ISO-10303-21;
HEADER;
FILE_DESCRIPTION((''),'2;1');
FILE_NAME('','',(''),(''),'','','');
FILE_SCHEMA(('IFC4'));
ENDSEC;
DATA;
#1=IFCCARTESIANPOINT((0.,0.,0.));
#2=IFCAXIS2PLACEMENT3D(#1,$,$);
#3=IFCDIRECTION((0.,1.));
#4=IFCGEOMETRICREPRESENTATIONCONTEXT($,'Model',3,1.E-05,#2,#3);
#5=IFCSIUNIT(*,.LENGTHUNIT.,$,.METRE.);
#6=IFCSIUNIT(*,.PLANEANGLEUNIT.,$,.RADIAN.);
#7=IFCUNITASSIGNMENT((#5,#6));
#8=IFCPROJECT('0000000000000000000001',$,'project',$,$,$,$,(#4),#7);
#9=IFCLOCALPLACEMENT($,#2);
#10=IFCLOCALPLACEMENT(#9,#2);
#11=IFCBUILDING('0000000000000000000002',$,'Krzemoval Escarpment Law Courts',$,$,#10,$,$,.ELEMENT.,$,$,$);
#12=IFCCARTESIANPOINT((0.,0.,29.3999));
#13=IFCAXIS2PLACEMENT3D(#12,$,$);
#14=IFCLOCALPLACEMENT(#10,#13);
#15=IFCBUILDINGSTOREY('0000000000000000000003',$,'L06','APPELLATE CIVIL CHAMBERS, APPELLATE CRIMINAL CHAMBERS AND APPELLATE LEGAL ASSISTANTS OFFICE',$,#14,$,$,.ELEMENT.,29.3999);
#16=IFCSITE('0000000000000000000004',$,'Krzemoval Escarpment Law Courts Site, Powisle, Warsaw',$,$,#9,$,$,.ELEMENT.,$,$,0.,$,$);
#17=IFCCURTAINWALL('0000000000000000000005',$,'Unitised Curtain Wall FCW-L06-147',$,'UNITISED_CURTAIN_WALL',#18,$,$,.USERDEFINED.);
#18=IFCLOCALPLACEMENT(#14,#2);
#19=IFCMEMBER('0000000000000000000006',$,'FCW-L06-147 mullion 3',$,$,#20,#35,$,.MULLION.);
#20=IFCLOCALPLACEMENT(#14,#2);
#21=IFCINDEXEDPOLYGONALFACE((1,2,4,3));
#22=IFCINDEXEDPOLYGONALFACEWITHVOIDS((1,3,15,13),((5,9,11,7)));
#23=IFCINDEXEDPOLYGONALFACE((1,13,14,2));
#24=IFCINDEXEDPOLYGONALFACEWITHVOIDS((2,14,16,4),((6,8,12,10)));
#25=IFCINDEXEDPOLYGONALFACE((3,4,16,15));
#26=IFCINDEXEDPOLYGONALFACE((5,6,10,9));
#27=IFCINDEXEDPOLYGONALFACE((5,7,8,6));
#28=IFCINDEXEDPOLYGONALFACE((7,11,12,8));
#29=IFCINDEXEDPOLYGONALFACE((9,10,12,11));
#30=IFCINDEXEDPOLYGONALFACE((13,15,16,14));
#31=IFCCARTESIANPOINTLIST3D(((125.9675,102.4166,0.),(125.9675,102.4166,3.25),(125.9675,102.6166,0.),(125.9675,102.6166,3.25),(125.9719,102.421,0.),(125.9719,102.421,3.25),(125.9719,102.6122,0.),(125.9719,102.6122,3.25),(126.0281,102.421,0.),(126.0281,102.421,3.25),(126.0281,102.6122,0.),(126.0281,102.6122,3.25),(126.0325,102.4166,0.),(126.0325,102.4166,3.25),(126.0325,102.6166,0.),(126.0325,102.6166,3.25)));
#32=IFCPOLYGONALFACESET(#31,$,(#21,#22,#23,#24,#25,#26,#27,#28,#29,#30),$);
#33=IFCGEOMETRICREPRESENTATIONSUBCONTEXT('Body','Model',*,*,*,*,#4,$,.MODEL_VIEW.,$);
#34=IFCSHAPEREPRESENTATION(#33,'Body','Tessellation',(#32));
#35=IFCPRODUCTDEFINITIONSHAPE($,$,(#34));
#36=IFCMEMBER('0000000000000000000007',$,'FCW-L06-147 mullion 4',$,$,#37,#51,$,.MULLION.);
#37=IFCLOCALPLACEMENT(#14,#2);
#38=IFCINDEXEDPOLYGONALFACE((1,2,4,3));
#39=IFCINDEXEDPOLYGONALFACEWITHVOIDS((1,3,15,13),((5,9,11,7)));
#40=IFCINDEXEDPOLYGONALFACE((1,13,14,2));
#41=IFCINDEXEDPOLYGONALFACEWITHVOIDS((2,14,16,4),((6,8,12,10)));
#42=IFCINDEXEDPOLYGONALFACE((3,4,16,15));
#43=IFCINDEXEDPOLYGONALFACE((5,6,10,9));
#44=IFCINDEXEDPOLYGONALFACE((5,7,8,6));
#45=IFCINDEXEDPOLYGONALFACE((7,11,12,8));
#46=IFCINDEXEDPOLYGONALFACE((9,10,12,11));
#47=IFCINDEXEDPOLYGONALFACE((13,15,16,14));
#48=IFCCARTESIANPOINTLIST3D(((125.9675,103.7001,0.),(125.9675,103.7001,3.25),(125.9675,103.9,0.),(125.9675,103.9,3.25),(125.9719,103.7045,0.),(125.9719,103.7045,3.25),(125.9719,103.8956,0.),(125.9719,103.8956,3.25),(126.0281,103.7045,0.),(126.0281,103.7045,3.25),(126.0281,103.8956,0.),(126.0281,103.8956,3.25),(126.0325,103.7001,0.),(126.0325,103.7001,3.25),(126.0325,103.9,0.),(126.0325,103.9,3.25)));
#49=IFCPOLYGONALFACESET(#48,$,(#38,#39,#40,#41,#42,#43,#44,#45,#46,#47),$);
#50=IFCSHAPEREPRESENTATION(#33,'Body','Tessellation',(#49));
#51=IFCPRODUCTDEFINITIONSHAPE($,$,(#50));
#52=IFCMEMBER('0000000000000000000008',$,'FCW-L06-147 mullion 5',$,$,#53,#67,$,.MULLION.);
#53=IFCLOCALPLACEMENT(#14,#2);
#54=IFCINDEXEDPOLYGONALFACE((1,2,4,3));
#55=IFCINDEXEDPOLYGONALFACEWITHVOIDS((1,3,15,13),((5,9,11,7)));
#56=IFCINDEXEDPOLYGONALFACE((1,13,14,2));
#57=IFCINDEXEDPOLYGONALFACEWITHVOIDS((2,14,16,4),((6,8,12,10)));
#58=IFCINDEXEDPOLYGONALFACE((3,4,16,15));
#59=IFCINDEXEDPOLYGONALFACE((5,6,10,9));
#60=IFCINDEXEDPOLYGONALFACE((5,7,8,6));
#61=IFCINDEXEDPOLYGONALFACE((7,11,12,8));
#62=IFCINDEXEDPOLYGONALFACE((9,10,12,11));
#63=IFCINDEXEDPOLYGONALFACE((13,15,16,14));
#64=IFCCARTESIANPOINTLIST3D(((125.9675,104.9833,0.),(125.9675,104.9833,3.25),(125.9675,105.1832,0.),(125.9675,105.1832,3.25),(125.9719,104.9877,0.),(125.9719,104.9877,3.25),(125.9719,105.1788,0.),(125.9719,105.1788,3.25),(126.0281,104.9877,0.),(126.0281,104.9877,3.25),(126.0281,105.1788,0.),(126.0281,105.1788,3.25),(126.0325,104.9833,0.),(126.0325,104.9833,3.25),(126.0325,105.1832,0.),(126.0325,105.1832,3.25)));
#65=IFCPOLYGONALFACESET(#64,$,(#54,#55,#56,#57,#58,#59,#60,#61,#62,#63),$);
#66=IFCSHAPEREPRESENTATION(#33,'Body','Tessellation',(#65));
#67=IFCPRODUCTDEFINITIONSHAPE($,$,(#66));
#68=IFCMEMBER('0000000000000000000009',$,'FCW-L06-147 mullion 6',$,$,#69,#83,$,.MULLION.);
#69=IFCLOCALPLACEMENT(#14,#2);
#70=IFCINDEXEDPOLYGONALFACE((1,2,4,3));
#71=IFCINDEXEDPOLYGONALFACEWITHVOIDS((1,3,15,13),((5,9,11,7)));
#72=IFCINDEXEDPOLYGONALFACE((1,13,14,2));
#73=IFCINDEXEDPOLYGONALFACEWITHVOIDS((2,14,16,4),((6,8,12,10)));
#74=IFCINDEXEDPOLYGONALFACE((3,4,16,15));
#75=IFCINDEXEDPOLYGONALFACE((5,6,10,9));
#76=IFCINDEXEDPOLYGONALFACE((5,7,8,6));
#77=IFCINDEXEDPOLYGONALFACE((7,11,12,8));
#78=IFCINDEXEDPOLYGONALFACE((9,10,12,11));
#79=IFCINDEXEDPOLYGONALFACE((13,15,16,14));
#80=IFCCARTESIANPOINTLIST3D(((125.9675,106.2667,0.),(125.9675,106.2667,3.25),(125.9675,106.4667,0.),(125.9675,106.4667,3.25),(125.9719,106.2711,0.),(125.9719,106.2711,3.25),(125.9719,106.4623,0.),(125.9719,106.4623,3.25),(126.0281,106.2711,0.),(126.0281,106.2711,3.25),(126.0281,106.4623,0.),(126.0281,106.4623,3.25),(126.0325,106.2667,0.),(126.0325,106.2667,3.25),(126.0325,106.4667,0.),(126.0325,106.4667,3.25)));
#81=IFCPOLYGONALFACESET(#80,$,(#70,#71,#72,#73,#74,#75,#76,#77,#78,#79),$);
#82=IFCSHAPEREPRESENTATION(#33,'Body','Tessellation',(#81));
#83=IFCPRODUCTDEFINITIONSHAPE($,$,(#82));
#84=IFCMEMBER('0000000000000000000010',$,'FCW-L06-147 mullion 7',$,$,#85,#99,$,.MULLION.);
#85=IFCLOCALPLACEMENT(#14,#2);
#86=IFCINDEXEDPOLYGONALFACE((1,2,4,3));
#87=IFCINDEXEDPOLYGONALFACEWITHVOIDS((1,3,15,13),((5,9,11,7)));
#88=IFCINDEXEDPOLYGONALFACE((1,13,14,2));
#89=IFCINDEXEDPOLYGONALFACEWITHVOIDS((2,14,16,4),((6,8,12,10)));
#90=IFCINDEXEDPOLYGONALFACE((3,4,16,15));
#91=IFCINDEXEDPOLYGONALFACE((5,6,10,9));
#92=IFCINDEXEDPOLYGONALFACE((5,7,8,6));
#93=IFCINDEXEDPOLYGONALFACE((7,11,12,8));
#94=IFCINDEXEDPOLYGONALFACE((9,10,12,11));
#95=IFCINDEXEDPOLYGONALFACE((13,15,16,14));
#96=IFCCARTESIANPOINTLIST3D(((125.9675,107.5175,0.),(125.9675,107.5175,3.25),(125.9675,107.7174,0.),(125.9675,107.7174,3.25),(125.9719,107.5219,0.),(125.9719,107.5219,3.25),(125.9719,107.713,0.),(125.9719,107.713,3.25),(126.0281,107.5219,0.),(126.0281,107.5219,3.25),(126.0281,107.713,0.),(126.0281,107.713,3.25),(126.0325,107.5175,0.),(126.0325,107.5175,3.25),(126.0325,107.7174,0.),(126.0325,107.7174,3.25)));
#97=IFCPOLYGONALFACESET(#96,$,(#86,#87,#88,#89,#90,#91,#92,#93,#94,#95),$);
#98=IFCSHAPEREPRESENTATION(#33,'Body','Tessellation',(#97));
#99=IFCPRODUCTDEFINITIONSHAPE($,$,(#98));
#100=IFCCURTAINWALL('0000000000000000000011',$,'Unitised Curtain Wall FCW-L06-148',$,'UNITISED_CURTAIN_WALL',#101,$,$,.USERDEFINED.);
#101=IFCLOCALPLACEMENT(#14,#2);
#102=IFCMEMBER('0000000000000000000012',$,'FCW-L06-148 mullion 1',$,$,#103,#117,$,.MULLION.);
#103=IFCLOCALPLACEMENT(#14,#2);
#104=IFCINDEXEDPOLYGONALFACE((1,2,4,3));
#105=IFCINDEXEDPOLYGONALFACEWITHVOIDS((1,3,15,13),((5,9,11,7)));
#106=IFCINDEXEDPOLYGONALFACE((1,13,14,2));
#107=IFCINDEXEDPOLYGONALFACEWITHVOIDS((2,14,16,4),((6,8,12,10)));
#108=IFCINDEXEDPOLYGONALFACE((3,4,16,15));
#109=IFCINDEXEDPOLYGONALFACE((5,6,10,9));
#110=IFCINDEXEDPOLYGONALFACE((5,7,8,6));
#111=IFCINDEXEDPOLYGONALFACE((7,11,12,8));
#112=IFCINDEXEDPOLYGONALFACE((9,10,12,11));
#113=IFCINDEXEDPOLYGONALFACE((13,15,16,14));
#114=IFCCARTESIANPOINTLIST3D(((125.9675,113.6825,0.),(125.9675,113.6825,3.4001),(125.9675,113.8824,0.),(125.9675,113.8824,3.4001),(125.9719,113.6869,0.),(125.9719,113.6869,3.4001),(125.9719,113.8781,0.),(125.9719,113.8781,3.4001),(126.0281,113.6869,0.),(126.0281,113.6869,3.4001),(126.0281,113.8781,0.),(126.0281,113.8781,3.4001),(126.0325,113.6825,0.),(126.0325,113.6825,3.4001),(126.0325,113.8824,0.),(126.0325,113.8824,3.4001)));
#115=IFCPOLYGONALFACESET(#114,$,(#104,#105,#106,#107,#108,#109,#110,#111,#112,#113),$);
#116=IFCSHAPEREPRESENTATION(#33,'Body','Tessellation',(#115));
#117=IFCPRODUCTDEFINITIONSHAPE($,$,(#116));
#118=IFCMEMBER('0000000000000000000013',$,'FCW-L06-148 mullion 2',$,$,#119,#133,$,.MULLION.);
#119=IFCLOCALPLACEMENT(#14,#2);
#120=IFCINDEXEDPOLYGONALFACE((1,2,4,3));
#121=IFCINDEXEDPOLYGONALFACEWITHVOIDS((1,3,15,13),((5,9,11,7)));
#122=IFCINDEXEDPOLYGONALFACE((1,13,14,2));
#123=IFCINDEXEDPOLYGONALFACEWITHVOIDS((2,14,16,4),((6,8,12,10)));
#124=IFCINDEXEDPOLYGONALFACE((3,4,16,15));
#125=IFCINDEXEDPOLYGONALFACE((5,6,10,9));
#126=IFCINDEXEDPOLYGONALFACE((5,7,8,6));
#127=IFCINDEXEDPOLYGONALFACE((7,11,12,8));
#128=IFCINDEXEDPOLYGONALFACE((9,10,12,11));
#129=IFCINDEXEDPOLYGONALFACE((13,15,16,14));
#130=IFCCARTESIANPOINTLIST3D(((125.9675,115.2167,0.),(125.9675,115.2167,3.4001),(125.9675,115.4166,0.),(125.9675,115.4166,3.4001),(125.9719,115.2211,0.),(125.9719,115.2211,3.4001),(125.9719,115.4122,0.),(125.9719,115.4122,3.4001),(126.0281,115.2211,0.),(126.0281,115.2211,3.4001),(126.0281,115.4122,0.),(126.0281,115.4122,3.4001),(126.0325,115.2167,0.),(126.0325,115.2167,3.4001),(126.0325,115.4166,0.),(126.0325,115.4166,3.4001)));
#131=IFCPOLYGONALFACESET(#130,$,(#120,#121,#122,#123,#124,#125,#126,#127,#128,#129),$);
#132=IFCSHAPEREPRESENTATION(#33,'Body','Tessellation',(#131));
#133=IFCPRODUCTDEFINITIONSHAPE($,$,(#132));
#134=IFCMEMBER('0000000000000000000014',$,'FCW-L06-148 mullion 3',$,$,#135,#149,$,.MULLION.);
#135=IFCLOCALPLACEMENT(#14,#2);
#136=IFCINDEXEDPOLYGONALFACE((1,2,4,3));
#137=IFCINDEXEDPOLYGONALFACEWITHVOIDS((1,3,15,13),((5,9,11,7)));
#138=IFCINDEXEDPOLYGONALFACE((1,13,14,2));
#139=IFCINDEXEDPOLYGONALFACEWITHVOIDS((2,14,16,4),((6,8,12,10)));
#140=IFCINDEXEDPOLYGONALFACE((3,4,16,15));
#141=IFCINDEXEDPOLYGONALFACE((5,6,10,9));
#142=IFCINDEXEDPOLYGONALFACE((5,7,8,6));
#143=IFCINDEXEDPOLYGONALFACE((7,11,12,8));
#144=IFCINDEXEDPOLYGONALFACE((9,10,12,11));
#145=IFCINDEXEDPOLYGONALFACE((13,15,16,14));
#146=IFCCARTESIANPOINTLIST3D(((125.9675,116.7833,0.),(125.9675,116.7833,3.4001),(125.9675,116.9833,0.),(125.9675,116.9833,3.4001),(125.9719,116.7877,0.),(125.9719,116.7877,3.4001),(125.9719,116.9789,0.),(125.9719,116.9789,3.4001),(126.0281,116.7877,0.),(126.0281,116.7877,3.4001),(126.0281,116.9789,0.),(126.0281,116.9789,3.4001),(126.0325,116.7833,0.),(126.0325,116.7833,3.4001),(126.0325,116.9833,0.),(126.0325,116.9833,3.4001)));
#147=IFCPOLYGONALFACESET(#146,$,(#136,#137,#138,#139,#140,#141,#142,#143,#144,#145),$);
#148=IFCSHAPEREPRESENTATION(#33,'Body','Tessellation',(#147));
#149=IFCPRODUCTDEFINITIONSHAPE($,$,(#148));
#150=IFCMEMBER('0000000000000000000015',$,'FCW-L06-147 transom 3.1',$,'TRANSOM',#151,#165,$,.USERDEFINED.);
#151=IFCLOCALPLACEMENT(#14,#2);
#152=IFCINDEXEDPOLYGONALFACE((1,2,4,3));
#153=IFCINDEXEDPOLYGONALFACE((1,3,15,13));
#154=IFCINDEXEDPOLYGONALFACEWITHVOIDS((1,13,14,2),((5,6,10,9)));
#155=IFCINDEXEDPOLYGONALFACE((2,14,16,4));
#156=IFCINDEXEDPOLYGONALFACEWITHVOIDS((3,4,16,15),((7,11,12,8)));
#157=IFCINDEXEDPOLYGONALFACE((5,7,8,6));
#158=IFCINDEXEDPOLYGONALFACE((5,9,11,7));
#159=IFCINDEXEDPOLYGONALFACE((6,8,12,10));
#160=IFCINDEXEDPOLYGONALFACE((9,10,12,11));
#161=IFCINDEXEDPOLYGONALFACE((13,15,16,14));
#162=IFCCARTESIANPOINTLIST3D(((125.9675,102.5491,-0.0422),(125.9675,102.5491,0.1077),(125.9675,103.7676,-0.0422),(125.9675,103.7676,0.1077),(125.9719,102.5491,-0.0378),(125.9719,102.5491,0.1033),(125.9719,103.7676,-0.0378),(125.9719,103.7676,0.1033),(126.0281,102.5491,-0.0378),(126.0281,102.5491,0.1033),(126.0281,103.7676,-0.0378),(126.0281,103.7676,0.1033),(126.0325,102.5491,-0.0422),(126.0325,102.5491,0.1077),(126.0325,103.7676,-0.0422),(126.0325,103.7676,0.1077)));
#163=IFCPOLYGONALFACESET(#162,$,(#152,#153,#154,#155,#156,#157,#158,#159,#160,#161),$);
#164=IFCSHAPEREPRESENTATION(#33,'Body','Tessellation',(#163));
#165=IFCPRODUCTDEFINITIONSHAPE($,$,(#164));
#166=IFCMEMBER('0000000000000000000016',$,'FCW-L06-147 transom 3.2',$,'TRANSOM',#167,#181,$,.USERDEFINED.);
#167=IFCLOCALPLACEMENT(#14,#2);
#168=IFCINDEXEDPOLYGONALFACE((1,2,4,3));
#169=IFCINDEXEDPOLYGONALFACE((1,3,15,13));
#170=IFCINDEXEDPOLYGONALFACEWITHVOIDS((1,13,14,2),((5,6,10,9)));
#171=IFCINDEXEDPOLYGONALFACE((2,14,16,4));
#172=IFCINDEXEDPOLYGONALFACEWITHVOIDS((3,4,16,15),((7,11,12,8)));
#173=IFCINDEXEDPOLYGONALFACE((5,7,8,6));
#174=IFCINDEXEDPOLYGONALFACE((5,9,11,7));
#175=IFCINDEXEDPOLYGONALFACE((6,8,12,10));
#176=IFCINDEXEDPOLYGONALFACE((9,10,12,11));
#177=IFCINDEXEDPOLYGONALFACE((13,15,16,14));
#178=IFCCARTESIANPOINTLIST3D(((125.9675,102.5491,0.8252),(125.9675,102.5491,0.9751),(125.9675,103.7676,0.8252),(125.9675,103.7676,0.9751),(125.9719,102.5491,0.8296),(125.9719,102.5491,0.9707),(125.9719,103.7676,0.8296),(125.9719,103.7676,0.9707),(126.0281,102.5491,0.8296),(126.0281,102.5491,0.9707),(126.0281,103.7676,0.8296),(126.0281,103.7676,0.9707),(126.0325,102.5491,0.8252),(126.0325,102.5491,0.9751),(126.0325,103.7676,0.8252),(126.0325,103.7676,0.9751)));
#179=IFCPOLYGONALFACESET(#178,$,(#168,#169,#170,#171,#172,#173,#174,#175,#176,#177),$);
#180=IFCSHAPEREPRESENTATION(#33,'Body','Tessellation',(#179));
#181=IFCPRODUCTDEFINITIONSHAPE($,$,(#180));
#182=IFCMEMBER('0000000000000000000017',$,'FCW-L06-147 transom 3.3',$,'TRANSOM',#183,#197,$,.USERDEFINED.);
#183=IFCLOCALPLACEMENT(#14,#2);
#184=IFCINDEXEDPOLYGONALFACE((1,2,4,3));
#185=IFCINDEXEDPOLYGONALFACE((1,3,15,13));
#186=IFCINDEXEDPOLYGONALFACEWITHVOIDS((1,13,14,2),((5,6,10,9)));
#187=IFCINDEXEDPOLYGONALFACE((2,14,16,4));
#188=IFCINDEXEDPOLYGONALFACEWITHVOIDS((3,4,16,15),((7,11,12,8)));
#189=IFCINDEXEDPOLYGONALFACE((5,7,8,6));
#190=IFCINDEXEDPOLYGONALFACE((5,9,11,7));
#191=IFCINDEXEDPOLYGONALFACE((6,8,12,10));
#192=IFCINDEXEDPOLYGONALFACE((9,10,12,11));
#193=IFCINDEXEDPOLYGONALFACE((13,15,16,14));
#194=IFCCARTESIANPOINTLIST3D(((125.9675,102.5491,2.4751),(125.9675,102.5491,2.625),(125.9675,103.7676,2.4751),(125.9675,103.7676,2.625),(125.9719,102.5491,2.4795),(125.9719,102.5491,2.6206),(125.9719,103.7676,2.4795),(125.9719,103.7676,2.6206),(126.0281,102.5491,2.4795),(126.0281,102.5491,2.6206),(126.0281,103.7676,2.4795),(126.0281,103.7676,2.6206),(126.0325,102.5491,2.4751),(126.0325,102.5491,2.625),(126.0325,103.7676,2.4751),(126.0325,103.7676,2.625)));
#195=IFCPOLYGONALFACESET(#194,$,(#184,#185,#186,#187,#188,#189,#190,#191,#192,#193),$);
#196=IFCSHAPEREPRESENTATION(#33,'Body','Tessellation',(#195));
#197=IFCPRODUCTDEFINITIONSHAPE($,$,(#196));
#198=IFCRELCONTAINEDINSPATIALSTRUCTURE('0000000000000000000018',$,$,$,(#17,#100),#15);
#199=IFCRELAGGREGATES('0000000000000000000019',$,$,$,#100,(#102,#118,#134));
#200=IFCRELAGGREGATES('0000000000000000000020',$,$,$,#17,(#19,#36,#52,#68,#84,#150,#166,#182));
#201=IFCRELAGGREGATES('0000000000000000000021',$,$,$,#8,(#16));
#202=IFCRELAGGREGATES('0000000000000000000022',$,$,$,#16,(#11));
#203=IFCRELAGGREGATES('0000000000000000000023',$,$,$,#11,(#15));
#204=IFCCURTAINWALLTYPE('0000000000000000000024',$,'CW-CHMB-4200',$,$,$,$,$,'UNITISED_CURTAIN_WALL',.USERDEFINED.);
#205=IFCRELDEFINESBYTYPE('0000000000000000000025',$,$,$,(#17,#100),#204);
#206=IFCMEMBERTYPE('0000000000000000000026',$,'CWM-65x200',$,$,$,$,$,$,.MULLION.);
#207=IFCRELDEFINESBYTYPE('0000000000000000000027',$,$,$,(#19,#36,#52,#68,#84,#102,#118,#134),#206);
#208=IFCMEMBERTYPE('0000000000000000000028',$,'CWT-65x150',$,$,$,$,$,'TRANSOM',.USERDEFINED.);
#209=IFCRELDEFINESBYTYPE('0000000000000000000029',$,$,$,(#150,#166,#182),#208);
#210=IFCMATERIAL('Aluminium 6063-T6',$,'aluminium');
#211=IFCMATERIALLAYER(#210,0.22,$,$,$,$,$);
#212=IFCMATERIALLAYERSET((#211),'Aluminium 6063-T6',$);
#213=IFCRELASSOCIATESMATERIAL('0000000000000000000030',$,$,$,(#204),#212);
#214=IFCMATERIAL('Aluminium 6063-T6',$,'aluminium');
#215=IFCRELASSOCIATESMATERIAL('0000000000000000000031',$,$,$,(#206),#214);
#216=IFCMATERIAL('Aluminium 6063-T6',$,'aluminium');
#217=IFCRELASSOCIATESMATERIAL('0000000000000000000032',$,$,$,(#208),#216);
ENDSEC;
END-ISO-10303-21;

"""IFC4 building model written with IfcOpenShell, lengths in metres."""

from ifc_helpers import new_model, si_unit, direction, frame, origin, origin_2d, place, context, subcontext, project, spatial, hollow_rectangle, extrude, material, layer, layer_set, material_profile, profile_set, type_object, element, aggregate, save


model = new_model("IFC4")

# Units and contexts
model_context = context("Model", 3, precision=1e-05, world=origin(), true_north=direction((0.0, 1.0)))
body_context = subcontext(model_context, "Body", "Model", "MODEL_VIEW")
ifc_project = project(units=[si_unit("LENGTHUNIT", "METRE"), si_unit("PLANEANGLEUNIT", "RADIAN")], contexts=[model_context])

# Site, building, storey
site_placement = place(None, origin())
site = spatial("IfcSite", under=ifc_project, at=site_placement, Name="Krzemoval Escarpment Law Courts Site, Powisle, Warsaw", CompositionType="ELEMENT", RefElevation=0.0)
building_placement = place(site_placement, origin())
building = spatial("IfcBuilding", under=site, at=building_placement, Name="Krzemoval Escarpment Law Courts", CompositionType="ELEMENT")
storey_placement = place(building_placement, frame((0.0, 0.0, 29.3999)))
storey = spatial("IfcBuildingStorey", under=building, at=storey_placement, Name="L06", Description="APPELLATE CIVIL CHAMBERS, APPELLATE CRIMINAL CHAMBERS AND APPELLATE LEGAL ASSISTANTS OFFICE", CompositionType="ELEMENT", Elevation=29.3999)

# Curtain walls, members
ifc_material_1 = material(Name="Aluminium 6063-T6", Category="aluminium")
ifc_layer_1 = layer(ifc_material_1, 0.22)
ifc_layer_set_1 = layer_set([ifc_layer_1], Name="Aluminium 6063-T6")
curtain_wall_type = type_object("IfcCurtainWallType", Name="CW-CHMB-4200", ElementType="UNITISED_CURTAIN_WALL", PredefinedType="USERDEFINED", material=ifc_layer_set_1)
curtain_wall_1_placement = place(storey_placement, origin())
curtain_wall_1 = element("IfcCurtainWall", 1, at=curtain_wall_1_placement, inside=storey, type_object=curtain_wall_type, Name="Unitised Curtain Wall FCW-L06-147", ObjectType="UNITISED_CURTAIN_WALL", PredefinedType="USERDEFINED")
ifc_material_2 = material(Name="Aluminium 6063-T6", Category="aluminium")
ifc_material_profile_1 = material_profile(ifc_material_2, hollow_rectangle(XDim=0.0649, YDim=0.2, WallThickness=0.0044, at=origin_2d()), Name="ALU M65x200")
ifc_profile_set_1 = profile_set([ifc_material_profile_1], Name="Aluminium 6063-T6")
member_type_1 = type_object("IfcMemberType", Name="CWM-65x200", PredefinedType="MULLION", material=ifc_profile_set_1)
member_1_placement = place(storey_placement, frame((126.0, 102.5166, 0.0), z_axis=(0.0, 0.0, 1.0), x_axis=(-1.0, 0.0, 0.0)))
member_1 = element("IfcMember", 2, at=member_1_placement, type_object=member_type_1, Name="FCW-L06-147 mullion 3", PredefinedType="MULLION", context=body_context, shape_type="SweptSolid", body=[
    extrude(hollow_rectangle(XDim=0.0649, YDim=0.2, WallThickness=0.0044, at=origin_2d()), origin(), (0.0, 0.0, 1.0), 3.25),
])
member_2_placement = place(storey_placement, frame((126.0, 103.8, 0.0), z_axis=(0.0, 0.0, 1.0), x_axis=(-1.0, 0.0, 0.0)))
member_2 = element("IfcMember", 3, at=member_2_placement, type_object=member_type_1, Name="FCW-L06-147 mullion 4", PredefinedType="MULLION", context=body_context, shape_type="SweptSolid", body=[
    extrude(hollow_rectangle(XDim=0.0649, YDim=0.2, WallThickness=0.0044, at=origin_2d()), origin(), (0.0, 0.0, 1.0), 3.25),
])
member_3_placement = place(storey_placement, frame((126.0, 105.0833, 0.0), z_axis=(0.0, 0.0, 1.0), x_axis=(-1.0, 0.0, 0.0)))
member_3 = element("IfcMember", 4, at=member_3_placement, type_object=member_type_1, Name="FCW-L06-147 mullion 5", PredefinedType="MULLION", context=body_context, shape_type="SweptSolid", body=[
    extrude(hollow_rectangle(XDim=0.0649, YDim=0.2, WallThickness=0.0044, at=origin_2d()), origin(), (0.0, 0.0, 1.0), 3.25),
])
member_4_placement = place(storey_placement, frame((126.0, 106.3667, 0.0), z_axis=(0.0, 0.0, 1.0), x_axis=(-1.0, 0.0, 0.0)))
member_4 = element("IfcMember", 5, at=member_4_placement, type_object=member_type_1, Name="FCW-L06-147 mullion 6", PredefinedType="MULLION", context=body_context, shape_type="SweptSolid", body=[
    extrude(hollow_rectangle(XDim=0.0649, YDim=0.2, WallThickness=0.0044, at=origin_2d()), origin(), (0.0, 0.0, 1.0), 3.25),
])
member_5_placement = place(storey_placement, frame((126.0, 107.6174, 0.0), z_axis=(0.0, 0.0, 1.0), x_axis=(-1.0, 0.0, 0.0)))
member_5 = element("IfcMember", 6, at=member_5_placement, type_object=member_type_1, Name="FCW-L06-147 mullion 7", PredefinedType="MULLION", context=body_context, shape_type="SweptSolid", body=[
    extrude(hollow_rectangle(XDim=0.0649, YDim=0.2, WallThickness=0.0044, at=origin_2d()), origin(), (0.0, 0.0, 1.0), 3.25),
])
curtain_wall_2_placement = place(storey_placement, origin())
curtain_wall_2 = element("IfcCurtainWall", 7, at=curtain_wall_2_placement, inside=storey, type_object=curtain_wall_type, Name="Unitised Curtain Wall FCW-L06-148", ObjectType="UNITISED_CURTAIN_WALL", PredefinedType="USERDEFINED")
member_6_placement = place(storey_placement, frame((126.0, 113.7825, 0.0), z_axis=(0.0, 0.0, 1.0), x_axis=(-1.0, 0.0, 0.0)))
member_6 = element("IfcMember", 8, at=member_6_placement, type_object=member_type_1, Name="FCW-L06-148 mullion 1", PredefinedType="MULLION", context=body_context, shape_type="SweptSolid", body=[
    extrude(hollow_rectangle(XDim=0.0649, YDim=0.2, WallThickness=0.0044, at=origin_2d()), origin(), (0.0, 0.0, 1.0), 3.4001),
])
member_7_placement = place(storey_placement, frame((126.0, 115.3167, 0.0), z_axis=(0.0, 0.0, 1.0), x_axis=(-1.0, 0.0, 0.0)))
member_7 = element("IfcMember", 9, at=member_7_placement, type_object=member_type_1, Name="FCW-L06-148 mullion 2", PredefinedType="MULLION", context=body_context, shape_type="SweptSolid", body=[
    extrude(hollow_rectangle(XDim=0.0649, YDim=0.2, WallThickness=0.0044, at=origin_2d()), origin(), (0.0, 0.0, 1.0), 3.4001),
])
member_8_placement = place(storey_placement, frame((126.0, 116.8833, 0.0), z_axis=(0.0, 0.0, 1.0), x_axis=(-1.0, 0.0, 0.0)))
member_8 = element("IfcMember", 10, at=member_8_placement, type_object=member_type_1, Name="FCW-L06-148 mullion 3", PredefinedType="MULLION", context=body_context, shape_type="SweptSolid", body=[
    extrude(hollow_rectangle(XDim=0.0649, YDim=0.2, WallThickness=0.0044, at=origin_2d()), origin(), (0.0, 0.0, 1.0), 3.4001),
])
aggregate(curtain_wall_2, [member_6, member_7, member_8])

# Members
ifc_material_3 = material(Name="Aluminium 6063-T6", Category="aluminium")
ifc_material_profile_2 = material_profile(ifc_material_3, hollow_rectangle(XDim=0.0649, YDim=0.1499, WallThickness=0.0044, at=origin_2d()), Name="ALU T65x150")
ifc_profile_set_2 = profile_set([ifc_material_profile_2], Name="Aluminium 6063-T6")
member_type_2 = type_object("IfcMemberType", Name="CWT-65x150", ElementType="TRANSOM", PredefinedType="USERDEFINED", material=ifc_profile_set_2)
member_9_placement = place(storey_placement, frame((126.0, 102.5491, 0.0327), z_axis=(0.0, 1.0, 0.0), x_axis=(-1.0, 0.0, 0.0)))
member_9 = element("IfcMember", 11, at=member_9_placement, type_object=member_type_2, Name="FCW-L06-147 transom 3.1", ObjectType="TRANSOM", PredefinedType="USERDEFINED", context=body_context, shape_type="SweptSolid", body=[
    extrude(hollow_rectangle(XDim=0.0649, YDim=0.1499, WallThickness=0.0044, at=origin_2d()), origin(), (0.0, 0.0, 1.0), 1.2185),
])
member_10_placement = place(storey_placement, frame((126.0, 102.5491, 0.9001), z_axis=(0.0, 1.0, 0.0), x_axis=(-1.0, 0.0, 0.0)))
member_10 = element("IfcMember", 12, at=member_10_placement, type_object=member_type_2, Name="FCW-L06-147 transom 3.2", ObjectType="TRANSOM", PredefinedType="USERDEFINED", context=body_context, shape_type="SweptSolid", body=[
    extrude(hollow_rectangle(XDim=0.0649, YDim=0.1499, WallThickness=0.0044, at=origin_2d()), origin(), (0.0, 0.0, 1.0), 1.2185),
])
member_11_placement = place(storey_placement, frame((126.0, 102.5491, 2.55), z_axis=(0.0, 1.0, 0.0), x_axis=(-1.0, 0.0, 0.0)))
member_11 = element("IfcMember", 13, at=member_11_placement, type_object=member_type_2, Name="FCW-L06-147 transom 3.3", ObjectType="TRANSOM", PredefinedType="USERDEFINED", context=body_context, shape_type="SweptSolid", body=[
    extrude(hollow_rectangle(XDim=0.0649, YDim=0.1499, WallThickness=0.0044, at=origin_2d()), origin(), (0.0, 0.0, 1.0), 1.2185),
])

aggregate(curtain_wall_1, [member_1, member_2, member_3, member_4, member_5, member_9, member_10, member_11])

save(model, "model.ifc")
